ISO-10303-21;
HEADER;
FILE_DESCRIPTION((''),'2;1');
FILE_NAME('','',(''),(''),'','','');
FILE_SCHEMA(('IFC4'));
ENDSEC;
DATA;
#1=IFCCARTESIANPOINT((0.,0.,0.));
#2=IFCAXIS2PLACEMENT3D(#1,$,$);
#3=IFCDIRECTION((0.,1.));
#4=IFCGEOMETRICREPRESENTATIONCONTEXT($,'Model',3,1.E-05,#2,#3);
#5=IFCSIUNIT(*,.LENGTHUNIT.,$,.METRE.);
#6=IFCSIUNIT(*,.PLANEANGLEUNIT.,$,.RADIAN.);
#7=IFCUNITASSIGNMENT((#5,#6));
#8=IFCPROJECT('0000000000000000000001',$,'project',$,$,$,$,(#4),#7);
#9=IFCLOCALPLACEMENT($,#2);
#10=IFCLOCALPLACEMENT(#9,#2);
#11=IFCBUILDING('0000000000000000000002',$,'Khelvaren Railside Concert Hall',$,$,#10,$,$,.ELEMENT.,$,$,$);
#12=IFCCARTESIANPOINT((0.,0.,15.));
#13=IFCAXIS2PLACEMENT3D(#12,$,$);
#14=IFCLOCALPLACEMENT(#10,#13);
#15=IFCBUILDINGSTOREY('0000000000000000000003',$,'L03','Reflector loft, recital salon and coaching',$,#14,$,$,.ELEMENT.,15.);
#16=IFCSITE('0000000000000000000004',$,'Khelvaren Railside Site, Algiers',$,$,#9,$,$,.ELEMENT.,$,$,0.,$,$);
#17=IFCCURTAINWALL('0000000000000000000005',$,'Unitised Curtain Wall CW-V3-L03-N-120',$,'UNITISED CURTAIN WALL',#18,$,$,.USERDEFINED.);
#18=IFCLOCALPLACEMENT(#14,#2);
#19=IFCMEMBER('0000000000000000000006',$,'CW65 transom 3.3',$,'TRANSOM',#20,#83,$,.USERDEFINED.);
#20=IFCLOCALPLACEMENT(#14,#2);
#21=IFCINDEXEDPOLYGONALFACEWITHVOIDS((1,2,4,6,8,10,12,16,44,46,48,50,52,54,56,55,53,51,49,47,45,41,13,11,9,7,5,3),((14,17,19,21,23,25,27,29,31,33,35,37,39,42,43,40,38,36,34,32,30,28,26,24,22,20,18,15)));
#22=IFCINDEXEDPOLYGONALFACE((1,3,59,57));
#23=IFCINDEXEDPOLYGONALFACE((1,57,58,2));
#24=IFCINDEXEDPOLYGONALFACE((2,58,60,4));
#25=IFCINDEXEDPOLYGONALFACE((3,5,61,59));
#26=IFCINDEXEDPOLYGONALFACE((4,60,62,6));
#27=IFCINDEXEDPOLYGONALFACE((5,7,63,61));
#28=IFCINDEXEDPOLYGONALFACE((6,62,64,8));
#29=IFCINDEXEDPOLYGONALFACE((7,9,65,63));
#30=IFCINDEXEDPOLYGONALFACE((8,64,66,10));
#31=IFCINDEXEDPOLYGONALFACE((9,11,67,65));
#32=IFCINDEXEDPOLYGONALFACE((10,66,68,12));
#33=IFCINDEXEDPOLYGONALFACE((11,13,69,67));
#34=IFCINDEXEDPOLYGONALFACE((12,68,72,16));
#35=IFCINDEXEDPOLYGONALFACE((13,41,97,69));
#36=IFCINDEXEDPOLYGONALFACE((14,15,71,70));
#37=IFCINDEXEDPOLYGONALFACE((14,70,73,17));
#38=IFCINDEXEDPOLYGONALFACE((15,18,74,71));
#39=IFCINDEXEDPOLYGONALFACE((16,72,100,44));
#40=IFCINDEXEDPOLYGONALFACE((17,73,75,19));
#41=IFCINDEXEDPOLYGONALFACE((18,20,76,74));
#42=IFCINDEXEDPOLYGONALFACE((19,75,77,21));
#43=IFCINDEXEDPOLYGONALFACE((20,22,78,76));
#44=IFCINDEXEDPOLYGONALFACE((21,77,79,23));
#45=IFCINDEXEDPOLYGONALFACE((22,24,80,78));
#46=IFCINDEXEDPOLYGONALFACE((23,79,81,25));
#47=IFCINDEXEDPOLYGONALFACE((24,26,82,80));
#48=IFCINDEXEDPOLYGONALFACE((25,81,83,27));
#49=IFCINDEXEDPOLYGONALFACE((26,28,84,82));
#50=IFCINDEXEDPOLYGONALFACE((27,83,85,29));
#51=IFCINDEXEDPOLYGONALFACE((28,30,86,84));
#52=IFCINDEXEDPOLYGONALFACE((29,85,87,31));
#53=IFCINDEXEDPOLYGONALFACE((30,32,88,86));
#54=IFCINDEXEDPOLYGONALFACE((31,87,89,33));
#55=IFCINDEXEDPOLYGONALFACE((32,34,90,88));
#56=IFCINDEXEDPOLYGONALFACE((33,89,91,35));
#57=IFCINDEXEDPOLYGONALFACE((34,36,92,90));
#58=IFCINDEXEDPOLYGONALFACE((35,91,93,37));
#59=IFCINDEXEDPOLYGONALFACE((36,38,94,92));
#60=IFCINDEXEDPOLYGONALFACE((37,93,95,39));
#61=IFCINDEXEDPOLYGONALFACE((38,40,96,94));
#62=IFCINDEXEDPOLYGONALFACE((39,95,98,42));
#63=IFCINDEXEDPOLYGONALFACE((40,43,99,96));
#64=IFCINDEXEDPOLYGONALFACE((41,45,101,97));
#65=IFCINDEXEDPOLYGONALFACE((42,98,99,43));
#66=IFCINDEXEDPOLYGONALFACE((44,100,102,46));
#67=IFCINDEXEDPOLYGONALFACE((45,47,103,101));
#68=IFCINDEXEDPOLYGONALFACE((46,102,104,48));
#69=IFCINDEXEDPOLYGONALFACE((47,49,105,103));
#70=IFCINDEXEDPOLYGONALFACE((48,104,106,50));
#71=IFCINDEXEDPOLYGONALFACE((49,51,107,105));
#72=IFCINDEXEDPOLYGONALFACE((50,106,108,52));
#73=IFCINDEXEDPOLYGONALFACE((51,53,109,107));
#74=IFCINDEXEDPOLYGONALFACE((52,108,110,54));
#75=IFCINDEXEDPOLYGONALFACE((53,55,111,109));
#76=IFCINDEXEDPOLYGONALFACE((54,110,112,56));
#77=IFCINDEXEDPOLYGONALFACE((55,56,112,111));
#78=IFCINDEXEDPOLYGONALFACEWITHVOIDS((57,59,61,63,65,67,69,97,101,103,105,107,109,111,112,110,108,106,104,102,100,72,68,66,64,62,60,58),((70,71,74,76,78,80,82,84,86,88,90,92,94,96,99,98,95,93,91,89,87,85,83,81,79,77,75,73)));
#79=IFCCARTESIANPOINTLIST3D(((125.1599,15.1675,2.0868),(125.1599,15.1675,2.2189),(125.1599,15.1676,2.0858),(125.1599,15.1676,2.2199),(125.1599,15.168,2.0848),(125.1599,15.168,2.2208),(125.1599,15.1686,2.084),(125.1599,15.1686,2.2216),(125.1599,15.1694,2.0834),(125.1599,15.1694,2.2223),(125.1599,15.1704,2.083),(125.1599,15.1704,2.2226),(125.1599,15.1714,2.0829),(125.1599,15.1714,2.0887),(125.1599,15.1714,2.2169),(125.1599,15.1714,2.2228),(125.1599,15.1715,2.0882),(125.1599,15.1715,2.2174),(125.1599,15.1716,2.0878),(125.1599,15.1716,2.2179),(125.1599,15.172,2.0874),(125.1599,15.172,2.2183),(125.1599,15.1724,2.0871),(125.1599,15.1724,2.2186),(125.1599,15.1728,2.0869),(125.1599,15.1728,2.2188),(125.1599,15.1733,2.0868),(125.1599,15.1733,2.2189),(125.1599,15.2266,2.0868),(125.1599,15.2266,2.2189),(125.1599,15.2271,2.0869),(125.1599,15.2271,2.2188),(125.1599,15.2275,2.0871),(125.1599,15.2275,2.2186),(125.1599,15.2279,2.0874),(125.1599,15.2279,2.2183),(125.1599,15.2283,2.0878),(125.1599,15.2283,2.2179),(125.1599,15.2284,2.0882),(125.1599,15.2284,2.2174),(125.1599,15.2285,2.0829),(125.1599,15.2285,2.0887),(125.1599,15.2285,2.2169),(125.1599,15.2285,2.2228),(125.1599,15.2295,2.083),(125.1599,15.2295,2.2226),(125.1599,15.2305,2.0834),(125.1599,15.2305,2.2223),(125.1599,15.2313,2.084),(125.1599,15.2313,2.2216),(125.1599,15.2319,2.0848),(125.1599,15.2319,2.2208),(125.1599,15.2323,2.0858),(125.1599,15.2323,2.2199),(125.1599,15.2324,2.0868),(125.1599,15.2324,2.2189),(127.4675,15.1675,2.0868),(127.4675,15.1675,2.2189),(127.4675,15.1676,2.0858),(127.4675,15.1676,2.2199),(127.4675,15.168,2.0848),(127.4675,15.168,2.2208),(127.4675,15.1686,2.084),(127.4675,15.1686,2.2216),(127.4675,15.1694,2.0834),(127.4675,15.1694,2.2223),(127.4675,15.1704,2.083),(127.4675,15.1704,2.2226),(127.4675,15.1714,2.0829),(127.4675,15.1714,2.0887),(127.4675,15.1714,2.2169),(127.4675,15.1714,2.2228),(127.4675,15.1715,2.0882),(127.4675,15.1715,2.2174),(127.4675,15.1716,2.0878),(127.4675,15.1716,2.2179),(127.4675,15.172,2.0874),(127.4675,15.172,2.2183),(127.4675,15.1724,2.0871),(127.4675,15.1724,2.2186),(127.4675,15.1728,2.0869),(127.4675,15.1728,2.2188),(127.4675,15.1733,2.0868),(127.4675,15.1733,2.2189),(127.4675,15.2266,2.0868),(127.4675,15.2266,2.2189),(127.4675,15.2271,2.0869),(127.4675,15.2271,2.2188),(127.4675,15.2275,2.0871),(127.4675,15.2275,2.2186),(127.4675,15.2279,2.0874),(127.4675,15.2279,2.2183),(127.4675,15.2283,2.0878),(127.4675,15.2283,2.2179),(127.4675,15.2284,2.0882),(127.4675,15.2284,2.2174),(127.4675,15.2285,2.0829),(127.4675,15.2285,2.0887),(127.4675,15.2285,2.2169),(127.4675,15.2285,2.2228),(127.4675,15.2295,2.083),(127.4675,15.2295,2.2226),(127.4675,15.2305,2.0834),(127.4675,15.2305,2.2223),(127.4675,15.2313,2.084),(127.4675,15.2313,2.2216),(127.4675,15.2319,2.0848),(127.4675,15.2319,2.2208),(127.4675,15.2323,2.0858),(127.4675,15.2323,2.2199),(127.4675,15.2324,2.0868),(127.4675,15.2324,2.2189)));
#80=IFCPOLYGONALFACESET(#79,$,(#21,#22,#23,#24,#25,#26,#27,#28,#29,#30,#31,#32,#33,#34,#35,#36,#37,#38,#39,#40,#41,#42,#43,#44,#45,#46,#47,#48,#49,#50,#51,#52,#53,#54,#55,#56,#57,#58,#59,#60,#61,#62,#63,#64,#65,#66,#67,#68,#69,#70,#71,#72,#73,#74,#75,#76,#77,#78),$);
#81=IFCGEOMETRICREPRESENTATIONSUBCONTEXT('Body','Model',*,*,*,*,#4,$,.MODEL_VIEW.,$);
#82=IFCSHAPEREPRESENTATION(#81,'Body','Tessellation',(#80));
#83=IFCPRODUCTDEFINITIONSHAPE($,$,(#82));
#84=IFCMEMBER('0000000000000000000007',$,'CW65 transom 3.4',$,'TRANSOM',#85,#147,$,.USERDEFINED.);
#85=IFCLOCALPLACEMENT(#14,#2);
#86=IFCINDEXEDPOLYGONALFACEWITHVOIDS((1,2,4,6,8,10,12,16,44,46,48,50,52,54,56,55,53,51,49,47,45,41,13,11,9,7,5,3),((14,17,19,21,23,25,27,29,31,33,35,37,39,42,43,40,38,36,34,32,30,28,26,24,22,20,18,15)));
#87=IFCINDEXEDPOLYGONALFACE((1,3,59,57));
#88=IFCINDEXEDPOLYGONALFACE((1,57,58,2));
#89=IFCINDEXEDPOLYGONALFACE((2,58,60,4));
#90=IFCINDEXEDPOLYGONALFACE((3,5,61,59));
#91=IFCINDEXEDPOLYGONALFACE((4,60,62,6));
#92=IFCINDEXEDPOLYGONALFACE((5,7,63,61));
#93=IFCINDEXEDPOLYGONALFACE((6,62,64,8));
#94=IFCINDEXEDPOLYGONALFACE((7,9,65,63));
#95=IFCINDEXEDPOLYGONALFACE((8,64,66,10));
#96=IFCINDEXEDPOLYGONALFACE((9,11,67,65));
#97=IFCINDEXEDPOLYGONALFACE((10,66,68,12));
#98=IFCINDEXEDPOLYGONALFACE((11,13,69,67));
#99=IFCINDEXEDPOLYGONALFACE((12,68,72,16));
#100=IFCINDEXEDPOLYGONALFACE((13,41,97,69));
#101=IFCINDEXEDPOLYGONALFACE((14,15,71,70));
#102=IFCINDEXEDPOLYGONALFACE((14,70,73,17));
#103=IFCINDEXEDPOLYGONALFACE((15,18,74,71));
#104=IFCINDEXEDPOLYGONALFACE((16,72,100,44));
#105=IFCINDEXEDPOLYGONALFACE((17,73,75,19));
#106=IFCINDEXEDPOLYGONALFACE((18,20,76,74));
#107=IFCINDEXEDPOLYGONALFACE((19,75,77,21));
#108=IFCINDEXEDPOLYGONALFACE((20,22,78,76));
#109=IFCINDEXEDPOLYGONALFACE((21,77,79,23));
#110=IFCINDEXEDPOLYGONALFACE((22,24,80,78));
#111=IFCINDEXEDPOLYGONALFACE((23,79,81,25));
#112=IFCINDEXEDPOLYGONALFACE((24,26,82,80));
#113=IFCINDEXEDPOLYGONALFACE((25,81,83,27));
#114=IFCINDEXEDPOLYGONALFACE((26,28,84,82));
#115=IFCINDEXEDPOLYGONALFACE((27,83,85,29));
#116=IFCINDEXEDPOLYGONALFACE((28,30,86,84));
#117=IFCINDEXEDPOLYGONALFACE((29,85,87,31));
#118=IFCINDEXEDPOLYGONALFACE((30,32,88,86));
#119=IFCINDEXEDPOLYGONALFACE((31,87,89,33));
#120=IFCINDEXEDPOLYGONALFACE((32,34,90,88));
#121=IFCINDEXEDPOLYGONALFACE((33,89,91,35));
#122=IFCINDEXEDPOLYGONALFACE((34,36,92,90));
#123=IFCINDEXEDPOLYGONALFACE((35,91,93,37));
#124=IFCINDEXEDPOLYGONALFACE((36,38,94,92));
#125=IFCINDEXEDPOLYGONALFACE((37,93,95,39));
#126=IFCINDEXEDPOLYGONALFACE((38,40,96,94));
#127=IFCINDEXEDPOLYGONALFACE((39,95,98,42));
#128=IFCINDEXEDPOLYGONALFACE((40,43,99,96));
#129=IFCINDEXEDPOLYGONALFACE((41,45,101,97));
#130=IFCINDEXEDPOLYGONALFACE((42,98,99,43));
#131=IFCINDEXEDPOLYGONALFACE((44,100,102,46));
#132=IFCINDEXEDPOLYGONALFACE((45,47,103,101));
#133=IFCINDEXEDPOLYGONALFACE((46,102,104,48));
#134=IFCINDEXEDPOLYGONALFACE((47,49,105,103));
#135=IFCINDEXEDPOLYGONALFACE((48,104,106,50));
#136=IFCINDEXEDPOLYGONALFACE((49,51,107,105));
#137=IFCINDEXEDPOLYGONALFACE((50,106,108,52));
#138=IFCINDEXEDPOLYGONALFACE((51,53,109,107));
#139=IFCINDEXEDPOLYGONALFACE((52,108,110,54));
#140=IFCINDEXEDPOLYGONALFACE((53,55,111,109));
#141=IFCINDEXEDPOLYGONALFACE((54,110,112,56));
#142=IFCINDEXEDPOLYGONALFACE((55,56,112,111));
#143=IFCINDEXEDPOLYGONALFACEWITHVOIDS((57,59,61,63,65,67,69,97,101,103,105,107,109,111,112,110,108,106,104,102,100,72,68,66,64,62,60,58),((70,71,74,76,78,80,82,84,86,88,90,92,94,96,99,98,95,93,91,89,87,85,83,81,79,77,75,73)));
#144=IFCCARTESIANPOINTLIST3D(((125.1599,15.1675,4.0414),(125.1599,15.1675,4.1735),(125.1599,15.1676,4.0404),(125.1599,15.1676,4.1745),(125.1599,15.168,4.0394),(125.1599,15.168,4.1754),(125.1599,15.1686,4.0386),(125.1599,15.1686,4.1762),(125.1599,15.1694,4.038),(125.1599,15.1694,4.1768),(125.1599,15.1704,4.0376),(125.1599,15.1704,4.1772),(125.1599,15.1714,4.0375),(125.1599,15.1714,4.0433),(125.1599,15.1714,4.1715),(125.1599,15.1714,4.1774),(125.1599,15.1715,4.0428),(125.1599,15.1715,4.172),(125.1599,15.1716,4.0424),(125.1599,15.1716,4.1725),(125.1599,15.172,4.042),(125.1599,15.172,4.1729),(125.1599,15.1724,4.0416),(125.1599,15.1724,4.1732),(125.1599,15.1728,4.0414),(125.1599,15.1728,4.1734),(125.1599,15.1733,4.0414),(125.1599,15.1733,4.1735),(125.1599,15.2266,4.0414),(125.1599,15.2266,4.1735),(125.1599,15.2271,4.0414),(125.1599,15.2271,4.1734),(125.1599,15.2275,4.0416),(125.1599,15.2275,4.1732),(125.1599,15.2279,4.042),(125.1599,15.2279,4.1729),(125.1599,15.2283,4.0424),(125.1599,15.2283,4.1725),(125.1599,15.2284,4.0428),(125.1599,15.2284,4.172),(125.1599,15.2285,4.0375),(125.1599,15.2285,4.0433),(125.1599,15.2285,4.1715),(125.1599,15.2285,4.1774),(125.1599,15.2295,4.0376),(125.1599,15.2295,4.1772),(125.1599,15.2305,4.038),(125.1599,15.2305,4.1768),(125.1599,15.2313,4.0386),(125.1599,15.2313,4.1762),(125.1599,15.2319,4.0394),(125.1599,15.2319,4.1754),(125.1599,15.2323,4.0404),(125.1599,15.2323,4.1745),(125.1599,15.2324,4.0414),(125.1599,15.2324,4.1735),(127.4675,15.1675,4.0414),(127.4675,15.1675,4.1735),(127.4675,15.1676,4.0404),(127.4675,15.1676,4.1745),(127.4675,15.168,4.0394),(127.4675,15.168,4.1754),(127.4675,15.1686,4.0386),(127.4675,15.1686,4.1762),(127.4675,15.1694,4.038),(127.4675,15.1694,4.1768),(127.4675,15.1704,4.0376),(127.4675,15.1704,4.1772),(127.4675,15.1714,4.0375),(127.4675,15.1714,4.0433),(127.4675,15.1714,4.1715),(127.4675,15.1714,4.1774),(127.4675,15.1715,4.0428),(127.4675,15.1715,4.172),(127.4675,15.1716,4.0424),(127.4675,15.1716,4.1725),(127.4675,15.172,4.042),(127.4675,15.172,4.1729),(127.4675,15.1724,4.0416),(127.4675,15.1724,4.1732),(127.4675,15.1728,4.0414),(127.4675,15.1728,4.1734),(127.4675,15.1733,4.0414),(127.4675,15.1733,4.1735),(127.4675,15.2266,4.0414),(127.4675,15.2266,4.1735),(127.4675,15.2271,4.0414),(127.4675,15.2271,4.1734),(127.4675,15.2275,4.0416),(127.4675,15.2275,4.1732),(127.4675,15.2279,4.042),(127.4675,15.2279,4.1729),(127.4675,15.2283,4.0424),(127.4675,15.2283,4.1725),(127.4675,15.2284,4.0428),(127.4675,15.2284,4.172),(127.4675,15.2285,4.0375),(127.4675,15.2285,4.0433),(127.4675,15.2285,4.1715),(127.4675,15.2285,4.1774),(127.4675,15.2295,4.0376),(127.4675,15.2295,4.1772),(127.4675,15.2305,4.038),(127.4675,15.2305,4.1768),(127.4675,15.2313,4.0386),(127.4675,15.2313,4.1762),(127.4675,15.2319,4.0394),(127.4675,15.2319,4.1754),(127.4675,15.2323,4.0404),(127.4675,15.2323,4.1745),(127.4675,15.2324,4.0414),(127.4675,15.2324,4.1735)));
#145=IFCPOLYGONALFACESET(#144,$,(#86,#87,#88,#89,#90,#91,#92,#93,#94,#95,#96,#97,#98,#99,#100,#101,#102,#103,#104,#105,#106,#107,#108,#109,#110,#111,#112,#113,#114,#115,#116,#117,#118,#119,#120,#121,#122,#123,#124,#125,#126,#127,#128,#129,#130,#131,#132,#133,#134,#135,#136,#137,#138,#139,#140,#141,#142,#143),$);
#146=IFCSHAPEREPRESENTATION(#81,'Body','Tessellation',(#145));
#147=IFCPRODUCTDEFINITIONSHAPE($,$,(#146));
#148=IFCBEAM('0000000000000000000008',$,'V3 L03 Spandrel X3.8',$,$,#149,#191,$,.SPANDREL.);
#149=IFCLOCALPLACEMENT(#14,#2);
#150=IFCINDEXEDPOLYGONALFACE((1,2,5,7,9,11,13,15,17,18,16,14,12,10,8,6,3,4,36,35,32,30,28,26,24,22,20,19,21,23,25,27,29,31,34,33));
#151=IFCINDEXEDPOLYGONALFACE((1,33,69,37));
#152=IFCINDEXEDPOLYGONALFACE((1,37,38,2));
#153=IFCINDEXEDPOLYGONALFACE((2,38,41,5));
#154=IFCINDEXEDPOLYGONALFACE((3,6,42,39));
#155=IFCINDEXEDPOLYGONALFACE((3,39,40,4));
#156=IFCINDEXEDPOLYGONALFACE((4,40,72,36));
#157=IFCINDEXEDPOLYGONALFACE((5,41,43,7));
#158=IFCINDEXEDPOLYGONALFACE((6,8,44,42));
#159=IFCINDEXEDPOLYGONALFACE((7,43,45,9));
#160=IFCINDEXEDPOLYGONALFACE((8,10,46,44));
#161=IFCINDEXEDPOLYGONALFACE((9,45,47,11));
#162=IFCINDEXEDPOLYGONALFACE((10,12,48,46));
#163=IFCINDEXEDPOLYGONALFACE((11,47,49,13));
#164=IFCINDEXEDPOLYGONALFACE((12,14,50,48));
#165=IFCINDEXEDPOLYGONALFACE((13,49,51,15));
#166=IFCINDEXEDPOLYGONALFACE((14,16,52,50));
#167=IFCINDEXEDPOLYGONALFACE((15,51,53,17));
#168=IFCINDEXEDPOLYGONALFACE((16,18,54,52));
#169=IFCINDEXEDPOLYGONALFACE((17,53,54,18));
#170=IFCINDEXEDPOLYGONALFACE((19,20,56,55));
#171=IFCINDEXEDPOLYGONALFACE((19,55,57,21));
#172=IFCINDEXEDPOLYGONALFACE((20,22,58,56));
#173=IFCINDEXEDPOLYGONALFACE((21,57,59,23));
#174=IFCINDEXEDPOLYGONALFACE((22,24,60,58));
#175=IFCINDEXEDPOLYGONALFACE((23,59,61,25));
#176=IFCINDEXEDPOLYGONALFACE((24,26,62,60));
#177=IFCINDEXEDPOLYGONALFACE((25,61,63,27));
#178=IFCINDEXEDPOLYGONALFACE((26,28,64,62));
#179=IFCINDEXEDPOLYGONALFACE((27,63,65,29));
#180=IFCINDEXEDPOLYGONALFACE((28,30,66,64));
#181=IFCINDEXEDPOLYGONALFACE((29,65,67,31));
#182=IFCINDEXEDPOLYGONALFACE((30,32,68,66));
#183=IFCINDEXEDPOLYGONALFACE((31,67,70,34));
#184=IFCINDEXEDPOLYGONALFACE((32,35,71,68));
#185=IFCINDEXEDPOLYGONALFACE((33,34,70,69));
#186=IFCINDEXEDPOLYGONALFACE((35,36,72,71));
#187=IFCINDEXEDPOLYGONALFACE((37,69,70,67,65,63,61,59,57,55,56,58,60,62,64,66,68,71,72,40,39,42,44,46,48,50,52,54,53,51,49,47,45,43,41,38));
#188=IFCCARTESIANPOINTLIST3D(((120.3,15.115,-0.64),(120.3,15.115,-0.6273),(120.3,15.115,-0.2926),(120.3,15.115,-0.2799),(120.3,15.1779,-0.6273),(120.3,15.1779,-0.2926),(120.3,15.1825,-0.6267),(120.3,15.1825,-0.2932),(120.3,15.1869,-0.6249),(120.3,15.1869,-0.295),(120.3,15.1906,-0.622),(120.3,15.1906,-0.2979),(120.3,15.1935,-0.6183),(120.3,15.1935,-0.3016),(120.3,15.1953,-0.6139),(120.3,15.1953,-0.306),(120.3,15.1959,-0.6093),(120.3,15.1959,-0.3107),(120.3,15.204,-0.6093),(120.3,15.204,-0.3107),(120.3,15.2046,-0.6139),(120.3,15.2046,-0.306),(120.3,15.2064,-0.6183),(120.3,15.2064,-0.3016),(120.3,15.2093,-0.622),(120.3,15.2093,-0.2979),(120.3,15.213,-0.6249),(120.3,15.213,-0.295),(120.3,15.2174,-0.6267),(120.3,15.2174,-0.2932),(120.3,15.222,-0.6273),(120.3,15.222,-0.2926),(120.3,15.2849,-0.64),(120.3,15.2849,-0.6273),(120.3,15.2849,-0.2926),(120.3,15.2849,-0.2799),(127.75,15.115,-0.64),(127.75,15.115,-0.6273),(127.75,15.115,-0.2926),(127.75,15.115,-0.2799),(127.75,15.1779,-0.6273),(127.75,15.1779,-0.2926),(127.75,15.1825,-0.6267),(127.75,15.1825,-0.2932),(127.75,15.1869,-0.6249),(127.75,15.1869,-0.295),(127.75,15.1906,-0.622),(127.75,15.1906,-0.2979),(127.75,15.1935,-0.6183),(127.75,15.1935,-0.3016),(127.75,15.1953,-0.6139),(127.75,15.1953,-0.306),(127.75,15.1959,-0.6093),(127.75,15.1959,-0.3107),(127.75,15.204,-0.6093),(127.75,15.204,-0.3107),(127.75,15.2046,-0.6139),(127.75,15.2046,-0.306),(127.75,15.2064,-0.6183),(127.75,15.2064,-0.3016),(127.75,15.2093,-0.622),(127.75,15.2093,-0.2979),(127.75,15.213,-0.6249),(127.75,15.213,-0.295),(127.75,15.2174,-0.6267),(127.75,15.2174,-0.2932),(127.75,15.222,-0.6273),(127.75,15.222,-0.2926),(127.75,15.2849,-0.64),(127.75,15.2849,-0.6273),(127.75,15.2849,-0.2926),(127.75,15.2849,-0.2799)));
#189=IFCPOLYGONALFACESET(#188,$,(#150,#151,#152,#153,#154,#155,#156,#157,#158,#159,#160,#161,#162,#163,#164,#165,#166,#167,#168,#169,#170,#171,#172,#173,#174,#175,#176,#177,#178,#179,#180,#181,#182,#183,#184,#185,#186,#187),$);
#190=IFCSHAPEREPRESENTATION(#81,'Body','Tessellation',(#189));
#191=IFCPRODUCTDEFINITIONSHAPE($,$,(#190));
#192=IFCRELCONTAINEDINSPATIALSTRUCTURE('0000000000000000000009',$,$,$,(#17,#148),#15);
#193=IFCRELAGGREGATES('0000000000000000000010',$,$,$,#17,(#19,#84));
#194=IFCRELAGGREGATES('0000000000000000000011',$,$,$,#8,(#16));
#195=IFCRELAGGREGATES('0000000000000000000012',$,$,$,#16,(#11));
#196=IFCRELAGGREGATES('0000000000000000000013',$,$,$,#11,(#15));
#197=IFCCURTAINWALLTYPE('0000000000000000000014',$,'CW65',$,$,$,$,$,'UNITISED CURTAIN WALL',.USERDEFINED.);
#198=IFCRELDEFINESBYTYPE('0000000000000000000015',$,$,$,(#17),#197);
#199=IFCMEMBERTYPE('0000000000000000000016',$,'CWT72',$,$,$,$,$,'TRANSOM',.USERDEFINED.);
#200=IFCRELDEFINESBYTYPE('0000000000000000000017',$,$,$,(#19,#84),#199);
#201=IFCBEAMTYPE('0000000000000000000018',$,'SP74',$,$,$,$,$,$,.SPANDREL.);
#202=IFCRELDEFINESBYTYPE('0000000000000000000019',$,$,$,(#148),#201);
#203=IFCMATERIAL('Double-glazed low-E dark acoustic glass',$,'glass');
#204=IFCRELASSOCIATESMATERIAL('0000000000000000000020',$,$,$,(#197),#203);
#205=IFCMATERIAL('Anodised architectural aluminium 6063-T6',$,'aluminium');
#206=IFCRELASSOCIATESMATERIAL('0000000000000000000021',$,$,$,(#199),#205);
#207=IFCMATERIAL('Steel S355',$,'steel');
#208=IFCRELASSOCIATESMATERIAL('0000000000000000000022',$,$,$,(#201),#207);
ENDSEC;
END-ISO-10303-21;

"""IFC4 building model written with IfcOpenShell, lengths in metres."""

from ifc_helpers import new_model, si_unit, direction, frame, origin, origin_2d, place, context, subcontext, project, spatial, hollow_rectangle, i_section, extrude, material, material_profile, profile_set, type_object, element, aggregate, save


model = new_model("IFC4")

# Units and contexts
model_context = context("Model", 3, precision=1e-05, world=origin(), true_north=direction((0.0, 1.0)))
body_context = subcontext(model_context, "Body", "Model", "MODEL_VIEW")
ifc_project = project(units=[si_unit("LENGTHUNIT", "METRE"), si_unit("PLANEANGLEUNIT", "RADIAN")], contexts=[model_context])

# Site, building, storey
site_placement = place(None, origin())
site = spatial("IfcSite", under=ifc_project, at=site_placement, Name="Khelvaren Railside Site, Algiers", CompositionType="ELEMENT", RefElevation=0.0)
building_placement = place(site_placement, origin())
building = spatial("IfcBuilding", under=site, at=building_placement, Name="Khelvaren Railside Concert Hall", CompositionType="ELEMENT")
storey_placement = place(building_placement, frame((0.0, 0.0, 15.0)))
storey = spatial("IfcBuildingStorey", under=building, at=storey_placement, Name="L03", Description="Reflector loft, recital salon and coaching", CompositionType="ELEMENT", Elevation=15.0)

# Shared definitions
ifc_material_1 = material(Name="Double-glazed low-E dark acoustic glass", Category="glass")
ifc_material_2 = material(Name="Anodised architectural aluminium 6063-T6", Category="aluminium")

# Curtain wall
curtain_wall_type_1 = type_object("IfcCurtainWallType", Name="CW65", ElementType="UNITISED CURTAIN WALL", PredefinedType="USERDEFINED", material=ifc_material_1)
curtain_wall_1_placement = place(storey_placement, origin())
curtain_wall_1 = element("IfcCurtainWall", 1, at=curtain_wall_1_placement, inside=storey, type_object=curtain_wall_type_1, Name="Unitised Curtain Wall CW-V3-L03-N-120", ObjectType="UNITISED CURTAIN WALL", PredefinedType="USERDEFINED")

# Members
ifc_material_profile_1 = material_profile(ifc_material_2, hollow_rectangle(XDim=0.0649, YDim=0.1399, WallThickness=0.0039, InnerFilletRadius=0.002, OuterFilletRadius=0.0039, at=origin_2d()), Name="CWT 65x140x4")
ifc_profile_set_1 = profile_set([ifc_material_profile_1], Name="Anodised architectural aluminium 6063-T6")
member_type_1 = type_object("IfcMemberType", Name="CWT72", ElementType="TRANSOM", PredefinedType="USERDEFINED", material=ifc_profile_set_1)
member_1_placement = place(storey_placement, frame((125.1599, 15.2, 2.1528), z_axis=(1.0, 0.0, 0.0), x_axis=(0.0, 1.0, 0.0)))
member_1 = element("IfcMember", 2, at=member_1_placement, type_object=member_type_1, Name="CW65 transom 3.3", ObjectType="TRANSOM", PredefinedType="USERDEFINED", context=body_context, shape_type="SweptSolid", body=[
    extrude(hollow_rectangle(XDim=0.0649, YDim=0.1399, WallThickness=0.0039, InnerFilletRadius=0.002, OuterFilletRadius=0.0039, at=origin_2d()), origin(), (0.0, 0.0, 1.0), 2.3076),
])
member_2_placement = place(storey_placement, frame((125.1599, 15.2, 4.1074), z_axis=(1.0, 0.0, 0.0), x_axis=(0.0, 1.0, 0.0)))
member_2 = element("IfcMember", 3, at=member_2_placement, type_object=member_type_1, Name="CW65 transom 3.4", ObjectType="TRANSOM", PredefinedType="USERDEFINED", context=body_context, shape_type="SweptSolid", body=[
    extrude(hollow_rectangle(XDim=0.0649, YDim=0.1399, WallThickness=0.0039, InnerFilletRadius=0.002, OuterFilletRadius=0.0039, at=origin_2d()), origin(), (0.0, 0.0, 1.0), 2.3076),
])

# Beam
ifc_material_3 = material(Name="Steel S355", Category="steel")
ifc_material_profile_2 = material_profile(ifc_material_3, i_section(OverallWidth=0.1699, OverallDepth=0.3601, WebThickness=0.0081, FlangeThickness=0.0127, FilletRadius=0.0181, at=origin_2d()), Name="IPE 360")
ifc_profile_set_2 = profile_set([ifc_material_profile_2], Name="Steel S355")
beam_type = type_object("IfcBeamType", Name="SP74", PredefinedType="SPANDREL", material=ifc_profile_set_2)
beam_placement = place(storey_placement, frame((120.3, 15.2, -0.46), z_axis=(1.0, 0.0, 0.0), x_axis=(0.0, 1.0, 0.0)))
element("IfcBeam", 4, at=beam_placement, inside=storey, type_object=beam_type, Name="V3 L03 Spandrel X3.8", PredefinedType="SPANDREL", context=body_context, shape_type="SweptSolid", body=[
    extrude(i_section(OverallWidth=0.1699, OverallDepth=0.3601, WebThickness=0.0081, FlangeThickness=0.0127, FilletRadius=0.0181, at=origin_2d()), origin(), (0.0, 0.0, 1.0), 7.45),
])

aggregate(curtain_wall_1, [member_1, member_2])

save(model, "model.ifc")
